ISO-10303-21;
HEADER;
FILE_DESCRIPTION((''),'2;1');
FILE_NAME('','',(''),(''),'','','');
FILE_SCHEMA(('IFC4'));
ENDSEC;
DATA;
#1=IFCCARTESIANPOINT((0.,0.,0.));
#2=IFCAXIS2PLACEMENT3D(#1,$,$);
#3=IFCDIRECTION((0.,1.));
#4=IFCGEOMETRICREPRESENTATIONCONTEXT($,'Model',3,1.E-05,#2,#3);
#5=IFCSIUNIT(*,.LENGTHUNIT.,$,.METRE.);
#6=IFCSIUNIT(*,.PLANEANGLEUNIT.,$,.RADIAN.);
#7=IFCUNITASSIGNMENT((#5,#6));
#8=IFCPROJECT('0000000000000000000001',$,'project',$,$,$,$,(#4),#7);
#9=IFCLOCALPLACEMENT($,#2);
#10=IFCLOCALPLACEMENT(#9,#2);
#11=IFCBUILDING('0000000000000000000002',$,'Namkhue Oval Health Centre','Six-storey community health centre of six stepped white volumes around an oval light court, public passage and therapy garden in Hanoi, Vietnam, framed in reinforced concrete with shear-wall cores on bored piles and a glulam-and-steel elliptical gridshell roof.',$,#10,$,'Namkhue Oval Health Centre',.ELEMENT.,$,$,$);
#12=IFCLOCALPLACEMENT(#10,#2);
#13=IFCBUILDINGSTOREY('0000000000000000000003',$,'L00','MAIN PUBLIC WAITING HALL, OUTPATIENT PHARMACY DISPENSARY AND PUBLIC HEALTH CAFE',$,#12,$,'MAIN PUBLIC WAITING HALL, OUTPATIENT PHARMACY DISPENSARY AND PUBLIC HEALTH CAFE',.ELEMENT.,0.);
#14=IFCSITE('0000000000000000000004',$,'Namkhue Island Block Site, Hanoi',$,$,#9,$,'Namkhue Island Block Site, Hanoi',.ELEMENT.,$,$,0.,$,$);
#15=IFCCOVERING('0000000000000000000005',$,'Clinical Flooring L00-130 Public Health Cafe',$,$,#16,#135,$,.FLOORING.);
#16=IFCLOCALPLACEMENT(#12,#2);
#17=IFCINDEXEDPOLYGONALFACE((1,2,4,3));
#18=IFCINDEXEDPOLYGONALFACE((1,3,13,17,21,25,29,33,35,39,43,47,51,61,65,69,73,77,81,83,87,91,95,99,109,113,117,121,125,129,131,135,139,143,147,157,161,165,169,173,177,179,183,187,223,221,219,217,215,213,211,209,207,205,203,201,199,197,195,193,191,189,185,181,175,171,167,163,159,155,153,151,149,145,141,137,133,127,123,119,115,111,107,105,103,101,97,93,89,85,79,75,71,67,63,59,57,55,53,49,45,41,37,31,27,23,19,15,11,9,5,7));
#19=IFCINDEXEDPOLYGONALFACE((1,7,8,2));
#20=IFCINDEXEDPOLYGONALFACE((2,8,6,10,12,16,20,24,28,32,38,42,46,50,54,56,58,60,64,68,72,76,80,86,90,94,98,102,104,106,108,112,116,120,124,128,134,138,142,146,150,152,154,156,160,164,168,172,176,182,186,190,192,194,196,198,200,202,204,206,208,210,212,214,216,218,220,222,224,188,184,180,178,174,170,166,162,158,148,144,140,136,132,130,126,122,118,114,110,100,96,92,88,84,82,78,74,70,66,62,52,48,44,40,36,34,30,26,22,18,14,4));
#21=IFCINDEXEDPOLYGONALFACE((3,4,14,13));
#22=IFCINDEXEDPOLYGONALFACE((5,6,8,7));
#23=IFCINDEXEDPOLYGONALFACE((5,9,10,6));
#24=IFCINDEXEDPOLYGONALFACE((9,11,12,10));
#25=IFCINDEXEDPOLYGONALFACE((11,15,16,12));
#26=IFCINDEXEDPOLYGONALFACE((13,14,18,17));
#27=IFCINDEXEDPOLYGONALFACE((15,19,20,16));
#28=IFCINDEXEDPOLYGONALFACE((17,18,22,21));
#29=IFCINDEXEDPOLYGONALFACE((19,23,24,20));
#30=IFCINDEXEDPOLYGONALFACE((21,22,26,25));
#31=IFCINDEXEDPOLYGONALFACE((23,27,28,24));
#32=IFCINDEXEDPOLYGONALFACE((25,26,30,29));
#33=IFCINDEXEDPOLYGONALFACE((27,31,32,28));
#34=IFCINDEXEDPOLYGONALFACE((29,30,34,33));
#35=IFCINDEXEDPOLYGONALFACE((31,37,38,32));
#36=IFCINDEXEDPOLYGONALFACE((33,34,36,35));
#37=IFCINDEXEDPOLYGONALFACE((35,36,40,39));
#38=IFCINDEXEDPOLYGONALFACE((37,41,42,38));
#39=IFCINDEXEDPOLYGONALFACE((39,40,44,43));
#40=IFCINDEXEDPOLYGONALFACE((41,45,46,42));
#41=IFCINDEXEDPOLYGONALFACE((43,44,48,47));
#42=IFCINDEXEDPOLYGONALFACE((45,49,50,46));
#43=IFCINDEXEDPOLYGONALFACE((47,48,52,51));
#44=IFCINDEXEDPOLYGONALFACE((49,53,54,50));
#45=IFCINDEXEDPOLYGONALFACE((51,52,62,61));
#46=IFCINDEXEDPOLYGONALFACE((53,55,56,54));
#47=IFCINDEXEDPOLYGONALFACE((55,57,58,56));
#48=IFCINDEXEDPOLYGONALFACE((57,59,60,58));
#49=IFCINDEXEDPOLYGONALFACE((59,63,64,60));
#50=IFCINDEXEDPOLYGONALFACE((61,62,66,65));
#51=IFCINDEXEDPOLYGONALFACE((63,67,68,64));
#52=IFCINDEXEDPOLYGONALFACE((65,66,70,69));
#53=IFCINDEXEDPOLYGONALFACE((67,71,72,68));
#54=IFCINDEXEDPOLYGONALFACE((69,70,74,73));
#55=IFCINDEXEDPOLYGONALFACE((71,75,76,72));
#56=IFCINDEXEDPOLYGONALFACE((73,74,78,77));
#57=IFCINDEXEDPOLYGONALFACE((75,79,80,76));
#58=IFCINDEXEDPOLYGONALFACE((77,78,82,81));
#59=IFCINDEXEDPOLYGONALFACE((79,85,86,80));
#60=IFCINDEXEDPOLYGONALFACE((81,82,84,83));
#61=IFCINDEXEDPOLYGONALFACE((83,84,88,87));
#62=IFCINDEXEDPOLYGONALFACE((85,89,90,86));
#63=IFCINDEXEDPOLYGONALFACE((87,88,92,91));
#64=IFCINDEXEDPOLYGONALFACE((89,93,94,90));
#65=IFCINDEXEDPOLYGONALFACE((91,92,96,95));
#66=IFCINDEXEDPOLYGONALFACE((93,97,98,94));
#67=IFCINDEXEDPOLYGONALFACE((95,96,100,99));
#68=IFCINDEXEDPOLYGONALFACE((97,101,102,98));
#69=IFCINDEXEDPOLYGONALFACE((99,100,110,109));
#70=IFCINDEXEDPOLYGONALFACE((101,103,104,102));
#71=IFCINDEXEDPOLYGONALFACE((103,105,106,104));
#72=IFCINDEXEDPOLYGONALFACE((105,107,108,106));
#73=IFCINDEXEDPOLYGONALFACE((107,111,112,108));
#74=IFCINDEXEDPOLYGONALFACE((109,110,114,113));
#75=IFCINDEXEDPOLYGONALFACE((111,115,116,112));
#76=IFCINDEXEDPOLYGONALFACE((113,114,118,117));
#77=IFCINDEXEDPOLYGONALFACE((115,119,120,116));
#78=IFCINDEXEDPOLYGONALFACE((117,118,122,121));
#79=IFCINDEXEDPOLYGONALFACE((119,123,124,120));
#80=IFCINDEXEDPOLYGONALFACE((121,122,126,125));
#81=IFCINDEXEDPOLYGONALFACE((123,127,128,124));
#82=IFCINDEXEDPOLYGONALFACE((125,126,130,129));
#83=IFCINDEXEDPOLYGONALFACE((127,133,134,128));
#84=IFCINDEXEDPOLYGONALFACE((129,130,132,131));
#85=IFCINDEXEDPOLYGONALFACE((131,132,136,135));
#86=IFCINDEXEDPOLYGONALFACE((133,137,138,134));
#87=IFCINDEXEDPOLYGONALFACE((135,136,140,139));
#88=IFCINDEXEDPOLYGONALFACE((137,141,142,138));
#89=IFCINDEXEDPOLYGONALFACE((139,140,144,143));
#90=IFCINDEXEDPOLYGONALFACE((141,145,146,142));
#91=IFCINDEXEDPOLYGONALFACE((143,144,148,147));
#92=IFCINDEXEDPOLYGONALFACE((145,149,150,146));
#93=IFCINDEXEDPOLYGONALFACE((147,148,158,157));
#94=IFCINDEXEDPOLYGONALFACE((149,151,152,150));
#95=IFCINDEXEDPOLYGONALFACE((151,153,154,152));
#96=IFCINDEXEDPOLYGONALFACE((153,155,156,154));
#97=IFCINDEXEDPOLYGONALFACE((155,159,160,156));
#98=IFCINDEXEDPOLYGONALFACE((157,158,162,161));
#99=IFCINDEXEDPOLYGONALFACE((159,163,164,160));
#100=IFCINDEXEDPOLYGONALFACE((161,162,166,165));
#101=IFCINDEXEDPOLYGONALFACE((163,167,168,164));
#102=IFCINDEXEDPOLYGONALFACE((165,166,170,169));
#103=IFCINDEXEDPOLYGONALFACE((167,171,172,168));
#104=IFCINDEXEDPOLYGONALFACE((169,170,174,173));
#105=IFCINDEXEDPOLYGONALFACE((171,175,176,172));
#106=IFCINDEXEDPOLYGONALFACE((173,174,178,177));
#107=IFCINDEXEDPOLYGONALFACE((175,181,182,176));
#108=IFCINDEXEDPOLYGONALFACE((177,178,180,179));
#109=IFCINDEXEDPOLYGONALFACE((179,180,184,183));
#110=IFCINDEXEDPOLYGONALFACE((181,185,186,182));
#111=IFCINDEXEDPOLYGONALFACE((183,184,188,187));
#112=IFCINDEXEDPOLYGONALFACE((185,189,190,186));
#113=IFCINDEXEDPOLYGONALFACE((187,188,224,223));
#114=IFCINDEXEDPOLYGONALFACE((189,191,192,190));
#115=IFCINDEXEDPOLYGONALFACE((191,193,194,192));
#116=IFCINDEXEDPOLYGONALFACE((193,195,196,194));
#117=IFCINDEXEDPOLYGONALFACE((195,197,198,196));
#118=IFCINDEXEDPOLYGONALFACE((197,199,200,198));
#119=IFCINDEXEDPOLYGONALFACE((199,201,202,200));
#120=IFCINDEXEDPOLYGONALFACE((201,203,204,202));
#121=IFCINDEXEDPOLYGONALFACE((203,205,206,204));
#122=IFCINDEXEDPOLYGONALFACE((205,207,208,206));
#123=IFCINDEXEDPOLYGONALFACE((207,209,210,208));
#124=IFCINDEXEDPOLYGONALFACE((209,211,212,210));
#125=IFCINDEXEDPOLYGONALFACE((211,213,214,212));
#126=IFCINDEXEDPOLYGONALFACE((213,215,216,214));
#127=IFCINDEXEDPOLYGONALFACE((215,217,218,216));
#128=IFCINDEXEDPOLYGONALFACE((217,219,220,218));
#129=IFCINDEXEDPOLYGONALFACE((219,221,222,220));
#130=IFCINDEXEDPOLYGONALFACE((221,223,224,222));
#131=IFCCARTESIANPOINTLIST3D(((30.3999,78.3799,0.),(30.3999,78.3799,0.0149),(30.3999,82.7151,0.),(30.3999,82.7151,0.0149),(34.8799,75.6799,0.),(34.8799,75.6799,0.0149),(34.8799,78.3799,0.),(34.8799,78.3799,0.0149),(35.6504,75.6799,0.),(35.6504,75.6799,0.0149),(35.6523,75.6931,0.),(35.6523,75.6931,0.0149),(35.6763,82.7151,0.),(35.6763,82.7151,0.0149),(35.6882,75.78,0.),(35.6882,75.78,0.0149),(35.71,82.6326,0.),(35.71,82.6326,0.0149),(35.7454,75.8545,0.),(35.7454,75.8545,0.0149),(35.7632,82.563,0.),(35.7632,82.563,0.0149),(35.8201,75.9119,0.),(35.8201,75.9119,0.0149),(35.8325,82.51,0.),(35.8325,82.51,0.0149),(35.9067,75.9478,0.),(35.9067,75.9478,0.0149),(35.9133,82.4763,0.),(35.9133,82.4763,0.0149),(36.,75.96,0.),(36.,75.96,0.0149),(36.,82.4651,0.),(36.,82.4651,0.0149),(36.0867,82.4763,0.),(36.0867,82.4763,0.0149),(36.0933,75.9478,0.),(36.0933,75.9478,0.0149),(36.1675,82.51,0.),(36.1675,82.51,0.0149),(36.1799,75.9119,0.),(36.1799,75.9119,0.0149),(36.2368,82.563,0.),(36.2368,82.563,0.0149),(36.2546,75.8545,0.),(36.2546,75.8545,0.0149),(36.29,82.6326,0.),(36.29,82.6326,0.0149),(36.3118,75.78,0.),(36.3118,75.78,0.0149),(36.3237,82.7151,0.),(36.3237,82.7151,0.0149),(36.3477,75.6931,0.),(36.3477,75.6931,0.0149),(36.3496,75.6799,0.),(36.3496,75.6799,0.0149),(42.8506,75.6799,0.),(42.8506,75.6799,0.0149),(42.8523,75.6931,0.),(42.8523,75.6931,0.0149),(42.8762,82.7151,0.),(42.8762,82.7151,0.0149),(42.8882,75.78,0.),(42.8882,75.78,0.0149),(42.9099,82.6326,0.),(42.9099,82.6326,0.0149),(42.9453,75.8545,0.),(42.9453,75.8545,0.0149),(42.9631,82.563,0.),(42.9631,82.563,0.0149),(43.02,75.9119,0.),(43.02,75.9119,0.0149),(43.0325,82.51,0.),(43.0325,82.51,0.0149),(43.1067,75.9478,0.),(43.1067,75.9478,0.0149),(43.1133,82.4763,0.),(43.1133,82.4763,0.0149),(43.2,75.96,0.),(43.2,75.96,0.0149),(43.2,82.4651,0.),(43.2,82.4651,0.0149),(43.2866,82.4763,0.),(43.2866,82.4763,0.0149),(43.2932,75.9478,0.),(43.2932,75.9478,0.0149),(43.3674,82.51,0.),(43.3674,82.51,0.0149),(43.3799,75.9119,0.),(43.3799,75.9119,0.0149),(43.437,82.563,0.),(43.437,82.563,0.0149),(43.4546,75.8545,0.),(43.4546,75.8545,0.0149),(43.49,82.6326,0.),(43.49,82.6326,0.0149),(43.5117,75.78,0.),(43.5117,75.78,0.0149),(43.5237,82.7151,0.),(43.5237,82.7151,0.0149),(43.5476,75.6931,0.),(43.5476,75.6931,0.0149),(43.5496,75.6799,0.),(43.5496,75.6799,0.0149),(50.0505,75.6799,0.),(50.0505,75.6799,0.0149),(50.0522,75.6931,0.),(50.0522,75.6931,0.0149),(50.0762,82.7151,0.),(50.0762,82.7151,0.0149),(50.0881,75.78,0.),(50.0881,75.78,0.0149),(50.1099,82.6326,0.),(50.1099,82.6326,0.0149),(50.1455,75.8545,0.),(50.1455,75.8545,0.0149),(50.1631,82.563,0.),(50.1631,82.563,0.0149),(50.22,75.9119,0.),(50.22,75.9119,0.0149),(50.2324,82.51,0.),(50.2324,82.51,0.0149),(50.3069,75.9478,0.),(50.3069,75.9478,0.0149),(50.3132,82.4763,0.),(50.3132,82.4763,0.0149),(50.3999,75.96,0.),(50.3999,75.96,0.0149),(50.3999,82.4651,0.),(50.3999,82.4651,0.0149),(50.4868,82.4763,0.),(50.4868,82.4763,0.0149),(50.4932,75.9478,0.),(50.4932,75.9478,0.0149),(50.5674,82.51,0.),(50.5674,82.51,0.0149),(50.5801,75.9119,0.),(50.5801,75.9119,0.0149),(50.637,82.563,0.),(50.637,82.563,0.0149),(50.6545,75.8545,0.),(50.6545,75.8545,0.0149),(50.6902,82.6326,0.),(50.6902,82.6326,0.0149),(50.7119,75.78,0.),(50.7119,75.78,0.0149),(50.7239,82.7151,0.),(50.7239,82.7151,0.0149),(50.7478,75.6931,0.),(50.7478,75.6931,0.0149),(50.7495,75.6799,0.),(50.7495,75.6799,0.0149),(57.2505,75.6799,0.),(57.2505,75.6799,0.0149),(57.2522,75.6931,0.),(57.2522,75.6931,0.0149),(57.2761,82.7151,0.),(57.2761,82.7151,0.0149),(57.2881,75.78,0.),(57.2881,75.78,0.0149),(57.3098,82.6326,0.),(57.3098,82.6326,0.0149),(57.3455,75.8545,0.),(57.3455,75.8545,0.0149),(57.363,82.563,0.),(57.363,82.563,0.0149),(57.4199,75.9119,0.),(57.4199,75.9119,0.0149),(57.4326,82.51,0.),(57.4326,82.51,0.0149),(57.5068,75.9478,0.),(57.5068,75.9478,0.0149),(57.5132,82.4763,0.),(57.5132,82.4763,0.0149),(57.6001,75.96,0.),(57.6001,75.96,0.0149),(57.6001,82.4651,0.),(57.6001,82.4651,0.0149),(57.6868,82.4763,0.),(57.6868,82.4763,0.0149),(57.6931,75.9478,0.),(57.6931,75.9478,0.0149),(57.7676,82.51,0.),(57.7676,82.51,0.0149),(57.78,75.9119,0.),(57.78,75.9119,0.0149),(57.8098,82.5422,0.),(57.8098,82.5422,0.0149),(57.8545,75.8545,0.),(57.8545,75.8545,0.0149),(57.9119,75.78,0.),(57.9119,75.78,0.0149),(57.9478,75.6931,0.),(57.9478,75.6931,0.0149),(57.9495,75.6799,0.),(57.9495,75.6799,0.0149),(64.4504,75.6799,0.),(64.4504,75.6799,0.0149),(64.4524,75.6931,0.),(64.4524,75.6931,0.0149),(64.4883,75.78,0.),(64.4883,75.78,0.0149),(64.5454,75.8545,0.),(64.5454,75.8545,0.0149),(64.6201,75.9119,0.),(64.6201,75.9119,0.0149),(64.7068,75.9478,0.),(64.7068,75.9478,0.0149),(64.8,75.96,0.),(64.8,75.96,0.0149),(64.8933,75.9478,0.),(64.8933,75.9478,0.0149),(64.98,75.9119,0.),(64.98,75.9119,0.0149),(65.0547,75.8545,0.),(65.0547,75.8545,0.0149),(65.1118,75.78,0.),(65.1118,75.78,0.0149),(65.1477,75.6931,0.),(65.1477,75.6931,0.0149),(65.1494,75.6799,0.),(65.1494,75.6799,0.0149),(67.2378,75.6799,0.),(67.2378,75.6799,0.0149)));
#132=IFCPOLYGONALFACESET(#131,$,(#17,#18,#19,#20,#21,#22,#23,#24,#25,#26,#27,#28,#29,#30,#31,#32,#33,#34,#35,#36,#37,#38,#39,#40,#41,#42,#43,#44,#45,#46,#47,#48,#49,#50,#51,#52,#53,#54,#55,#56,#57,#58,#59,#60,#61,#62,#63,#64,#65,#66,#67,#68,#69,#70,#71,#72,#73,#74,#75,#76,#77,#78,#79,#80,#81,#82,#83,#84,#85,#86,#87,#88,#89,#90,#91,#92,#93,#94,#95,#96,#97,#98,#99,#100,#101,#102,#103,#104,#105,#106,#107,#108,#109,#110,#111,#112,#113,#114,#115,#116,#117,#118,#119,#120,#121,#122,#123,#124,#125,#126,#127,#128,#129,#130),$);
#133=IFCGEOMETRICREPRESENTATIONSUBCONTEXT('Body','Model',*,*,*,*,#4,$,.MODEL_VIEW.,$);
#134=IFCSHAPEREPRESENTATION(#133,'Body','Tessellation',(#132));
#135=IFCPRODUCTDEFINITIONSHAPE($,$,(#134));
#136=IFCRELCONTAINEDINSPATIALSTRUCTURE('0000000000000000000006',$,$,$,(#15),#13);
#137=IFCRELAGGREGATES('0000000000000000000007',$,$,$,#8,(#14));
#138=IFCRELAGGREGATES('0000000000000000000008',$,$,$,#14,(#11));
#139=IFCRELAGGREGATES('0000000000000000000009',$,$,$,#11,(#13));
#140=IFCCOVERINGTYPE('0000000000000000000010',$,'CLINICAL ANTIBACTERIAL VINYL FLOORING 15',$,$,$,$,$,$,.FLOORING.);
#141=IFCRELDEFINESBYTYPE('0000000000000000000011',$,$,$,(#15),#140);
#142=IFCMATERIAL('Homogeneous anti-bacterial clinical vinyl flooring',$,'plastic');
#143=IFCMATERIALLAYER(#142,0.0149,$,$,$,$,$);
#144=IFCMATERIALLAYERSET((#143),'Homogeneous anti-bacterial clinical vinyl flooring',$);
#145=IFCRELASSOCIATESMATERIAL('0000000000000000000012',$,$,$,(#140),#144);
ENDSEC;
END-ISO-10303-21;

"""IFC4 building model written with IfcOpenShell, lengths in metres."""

from ifc_helpers import new_model, si_unit, direction, origin, place, context, subcontext, project, spatial, polyline, outline, extrude, material, layer, layer_set, type_object, element, save


model = new_model("IFC4")

# Units and contexts
model_context = context("Model", 3, precision=1e-05, world=origin(), true_north=direction((0.0, 1.0)))
body_context = subcontext(model_context, "Body", "Model", "MODEL_VIEW")
ifc_project = project(units=[si_unit("LENGTHUNIT", "METRE"), si_unit("PLANEANGLEUNIT", "RADIAN")], contexts=[model_context])

# Site, building, storey
site_placement = place(None, origin())
site = spatial("IfcSite", under=ifc_project, at=site_placement, Name="Namkhue Island Block Site, Hanoi", LongName="Namkhue Island Block Site, Hanoi", CompositionType="ELEMENT", RefElevation=0.0)
building_placement = place(site_placement, origin())
building = spatial("IfcBuilding", under=site, at=building_placement, Name="Namkhue Oval Health Centre", Description="Six-storey community health centre of six stepped white volumes around an oval light court, public passage and therapy garden in Hanoi, Vietnam, framed in reinforced concrete with shear-wall cores on bored piles and a glulam-and-steel elliptical gridshell roof.", LongName="Namkhue Oval Health Centre", CompositionType="ELEMENT")
storey_placement = place(building_placement, origin())
storey = spatial("IfcBuildingStorey", under=building, at=storey_placement, Name="L00", Description="MAIN PUBLIC WAITING HALL, OUTPATIENT PHARMACY DISPENSARY AND PUBLIC HEALTH CAFE", LongName="MAIN PUBLIC WAITING HALL, OUTPATIENT PHARMACY DISPENSARY AND PUBLIC HEALTH CAFE", CompositionType="ELEMENT", Elevation=0.0)

# Covering
ifc_material_1 = material(Name="Homogeneous anti-bacterial clinical vinyl flooring", Category="plastic")
ifc_layer_1 = layer(ifc_material_1, 0.0149)
ifc_layer_set_1 = layer_set([ifc_layer_1], Name="Homogeneous anti-bacterial clinical vinyl flooring")
covering_type = type_object("IfcCoveringType", Name="CLINICAL ANTIBACTERIAL VINYL FLOORING 15", PredefinedType="FLOORING", material=ifc_layer_set_1)
covering_1_placement = place(storey_placement, origin())
element("IfcCovering", 1, at=covering_1_placement, inside=storey, type_object=covering_type, Name="Clinical Flooring L00-130 Public Health Cafe", PredefinedType="FLOORING", context=body_context, shape_type="SweptSolid", body=[
    extrude(outline(polyline([(65.1494, 75.6799), (65.1477, 75.6931), (65.1118, 75.78), (65.0547, 75.8545), (64.98, 75.9119), (64.8933, 75.9478), (64.8, 75.96), (64.7068, 75.9478), (64.6201, 75.9119), (64.5454, 75.8545), (64.4883, 75.78), (64.4524, 75.6931), (64.4504, 75.6799), (57.9495, 75.6799), (57.9478, 75.6931), (57.9119, 75.78), (57.8545, 75.8545), (57.78, 75.9119), (57.6931, 75.9478), (57.6001, 75.96), (57.5068, 75.9478), (57.4199, 75.9119), (57.3455, 75.8545), (57.2881, 75.78), (57.2522, 75.6931), (57.2505, 75.6799), (50.7495, 75.6799), (50.7478, 75.6931), (50.7119, 75.78), (50.6545, 75.8545), (50.5801, 75.9119), (50.4932, 75.9478), (50.3999, 75.96), (50.3069, 75.9478), (50.22, 75.9119), (50.1455, 75.8545), (50.0881, 75.78), (50.0522, 75.6931), (50.0505, 75.6799), (43.5496, 75.6799), (43.5476, 75.6931), (43.5117, 75.78), (43.4546, 75.8545), (43.3799, 75.9119), (43.2932, 75.9478), (43.2, 75.96), (43.1067, 75.9478), (43.02, 75.9119), (42.9453, 75.8545), (42.8882, 75.78), (42.8523, 75.6931), (42.8506, 75.6799), (36.3496, 75.6799), (36.3477, 75.6931), (36.3118, 75.78), (36.2546, 75.8545), (36.1799, 75.9119), (36.0933, 75.9478), (36.0, 75.96), (35.9067, 75.9478), (35.8201, 75.9119), (35.7454, 75.8545), (35.6882, 75.78), (35.6523, 75.6931), (35.6504, 75.6799), (34.8799, 75.6799), (34.8799, 78.3799), (30.3999, 78.3799), (30.3999, 82.7151), (35.6763, 82.7151), (35.71, 82.6326), (35.7632, 82.563), (35.8325, 82.51), (35.9133, 82.4763), (36.0, 82.4651), (36.0867, 82.4763), (36.1675, 82.51), (36.2368, 82.563), (36.29, 82.6326), (36.3237, 82.7151), (42.8762, 82.7151), (42.9099, 82.6326), (42.9631, 82.563), (43.0325, 82.51), (43.1133, 82.4763), (43.2, 82.4651), (43.2866, 82.4763), (43.3674, 82.51), (43.437, 82.563), (43.49, 82.6326), (43.5237, 82.7151), (50.0762, 82.7151), (50.1099, 82.6326), (50.1631, 82.563), (50.2324, 82.51), (50.3132, 82.4763), (50.3999, 82.4651), (50.4868, 82.4763), (50.5674, 82.51), (50.637, 82.563), (50.6902, 82.6326), (50.7239, 82.7151), (57.2761, 82.7151), (57.3098, 82.6326), (57.363, 82.563), (57.4326, 82.51), (57.5132, 82.4763), (57.6001, 82.4651), (57.6868, 82.4763), (57.7676, 82.51), (57.8098, 82.5422), (67.2378, 75.6799), (65.1494, 75.6799)])), origin(), (0.0, 0.0, 1.0), 0.0149),
])

save(model, "model.ifc")
